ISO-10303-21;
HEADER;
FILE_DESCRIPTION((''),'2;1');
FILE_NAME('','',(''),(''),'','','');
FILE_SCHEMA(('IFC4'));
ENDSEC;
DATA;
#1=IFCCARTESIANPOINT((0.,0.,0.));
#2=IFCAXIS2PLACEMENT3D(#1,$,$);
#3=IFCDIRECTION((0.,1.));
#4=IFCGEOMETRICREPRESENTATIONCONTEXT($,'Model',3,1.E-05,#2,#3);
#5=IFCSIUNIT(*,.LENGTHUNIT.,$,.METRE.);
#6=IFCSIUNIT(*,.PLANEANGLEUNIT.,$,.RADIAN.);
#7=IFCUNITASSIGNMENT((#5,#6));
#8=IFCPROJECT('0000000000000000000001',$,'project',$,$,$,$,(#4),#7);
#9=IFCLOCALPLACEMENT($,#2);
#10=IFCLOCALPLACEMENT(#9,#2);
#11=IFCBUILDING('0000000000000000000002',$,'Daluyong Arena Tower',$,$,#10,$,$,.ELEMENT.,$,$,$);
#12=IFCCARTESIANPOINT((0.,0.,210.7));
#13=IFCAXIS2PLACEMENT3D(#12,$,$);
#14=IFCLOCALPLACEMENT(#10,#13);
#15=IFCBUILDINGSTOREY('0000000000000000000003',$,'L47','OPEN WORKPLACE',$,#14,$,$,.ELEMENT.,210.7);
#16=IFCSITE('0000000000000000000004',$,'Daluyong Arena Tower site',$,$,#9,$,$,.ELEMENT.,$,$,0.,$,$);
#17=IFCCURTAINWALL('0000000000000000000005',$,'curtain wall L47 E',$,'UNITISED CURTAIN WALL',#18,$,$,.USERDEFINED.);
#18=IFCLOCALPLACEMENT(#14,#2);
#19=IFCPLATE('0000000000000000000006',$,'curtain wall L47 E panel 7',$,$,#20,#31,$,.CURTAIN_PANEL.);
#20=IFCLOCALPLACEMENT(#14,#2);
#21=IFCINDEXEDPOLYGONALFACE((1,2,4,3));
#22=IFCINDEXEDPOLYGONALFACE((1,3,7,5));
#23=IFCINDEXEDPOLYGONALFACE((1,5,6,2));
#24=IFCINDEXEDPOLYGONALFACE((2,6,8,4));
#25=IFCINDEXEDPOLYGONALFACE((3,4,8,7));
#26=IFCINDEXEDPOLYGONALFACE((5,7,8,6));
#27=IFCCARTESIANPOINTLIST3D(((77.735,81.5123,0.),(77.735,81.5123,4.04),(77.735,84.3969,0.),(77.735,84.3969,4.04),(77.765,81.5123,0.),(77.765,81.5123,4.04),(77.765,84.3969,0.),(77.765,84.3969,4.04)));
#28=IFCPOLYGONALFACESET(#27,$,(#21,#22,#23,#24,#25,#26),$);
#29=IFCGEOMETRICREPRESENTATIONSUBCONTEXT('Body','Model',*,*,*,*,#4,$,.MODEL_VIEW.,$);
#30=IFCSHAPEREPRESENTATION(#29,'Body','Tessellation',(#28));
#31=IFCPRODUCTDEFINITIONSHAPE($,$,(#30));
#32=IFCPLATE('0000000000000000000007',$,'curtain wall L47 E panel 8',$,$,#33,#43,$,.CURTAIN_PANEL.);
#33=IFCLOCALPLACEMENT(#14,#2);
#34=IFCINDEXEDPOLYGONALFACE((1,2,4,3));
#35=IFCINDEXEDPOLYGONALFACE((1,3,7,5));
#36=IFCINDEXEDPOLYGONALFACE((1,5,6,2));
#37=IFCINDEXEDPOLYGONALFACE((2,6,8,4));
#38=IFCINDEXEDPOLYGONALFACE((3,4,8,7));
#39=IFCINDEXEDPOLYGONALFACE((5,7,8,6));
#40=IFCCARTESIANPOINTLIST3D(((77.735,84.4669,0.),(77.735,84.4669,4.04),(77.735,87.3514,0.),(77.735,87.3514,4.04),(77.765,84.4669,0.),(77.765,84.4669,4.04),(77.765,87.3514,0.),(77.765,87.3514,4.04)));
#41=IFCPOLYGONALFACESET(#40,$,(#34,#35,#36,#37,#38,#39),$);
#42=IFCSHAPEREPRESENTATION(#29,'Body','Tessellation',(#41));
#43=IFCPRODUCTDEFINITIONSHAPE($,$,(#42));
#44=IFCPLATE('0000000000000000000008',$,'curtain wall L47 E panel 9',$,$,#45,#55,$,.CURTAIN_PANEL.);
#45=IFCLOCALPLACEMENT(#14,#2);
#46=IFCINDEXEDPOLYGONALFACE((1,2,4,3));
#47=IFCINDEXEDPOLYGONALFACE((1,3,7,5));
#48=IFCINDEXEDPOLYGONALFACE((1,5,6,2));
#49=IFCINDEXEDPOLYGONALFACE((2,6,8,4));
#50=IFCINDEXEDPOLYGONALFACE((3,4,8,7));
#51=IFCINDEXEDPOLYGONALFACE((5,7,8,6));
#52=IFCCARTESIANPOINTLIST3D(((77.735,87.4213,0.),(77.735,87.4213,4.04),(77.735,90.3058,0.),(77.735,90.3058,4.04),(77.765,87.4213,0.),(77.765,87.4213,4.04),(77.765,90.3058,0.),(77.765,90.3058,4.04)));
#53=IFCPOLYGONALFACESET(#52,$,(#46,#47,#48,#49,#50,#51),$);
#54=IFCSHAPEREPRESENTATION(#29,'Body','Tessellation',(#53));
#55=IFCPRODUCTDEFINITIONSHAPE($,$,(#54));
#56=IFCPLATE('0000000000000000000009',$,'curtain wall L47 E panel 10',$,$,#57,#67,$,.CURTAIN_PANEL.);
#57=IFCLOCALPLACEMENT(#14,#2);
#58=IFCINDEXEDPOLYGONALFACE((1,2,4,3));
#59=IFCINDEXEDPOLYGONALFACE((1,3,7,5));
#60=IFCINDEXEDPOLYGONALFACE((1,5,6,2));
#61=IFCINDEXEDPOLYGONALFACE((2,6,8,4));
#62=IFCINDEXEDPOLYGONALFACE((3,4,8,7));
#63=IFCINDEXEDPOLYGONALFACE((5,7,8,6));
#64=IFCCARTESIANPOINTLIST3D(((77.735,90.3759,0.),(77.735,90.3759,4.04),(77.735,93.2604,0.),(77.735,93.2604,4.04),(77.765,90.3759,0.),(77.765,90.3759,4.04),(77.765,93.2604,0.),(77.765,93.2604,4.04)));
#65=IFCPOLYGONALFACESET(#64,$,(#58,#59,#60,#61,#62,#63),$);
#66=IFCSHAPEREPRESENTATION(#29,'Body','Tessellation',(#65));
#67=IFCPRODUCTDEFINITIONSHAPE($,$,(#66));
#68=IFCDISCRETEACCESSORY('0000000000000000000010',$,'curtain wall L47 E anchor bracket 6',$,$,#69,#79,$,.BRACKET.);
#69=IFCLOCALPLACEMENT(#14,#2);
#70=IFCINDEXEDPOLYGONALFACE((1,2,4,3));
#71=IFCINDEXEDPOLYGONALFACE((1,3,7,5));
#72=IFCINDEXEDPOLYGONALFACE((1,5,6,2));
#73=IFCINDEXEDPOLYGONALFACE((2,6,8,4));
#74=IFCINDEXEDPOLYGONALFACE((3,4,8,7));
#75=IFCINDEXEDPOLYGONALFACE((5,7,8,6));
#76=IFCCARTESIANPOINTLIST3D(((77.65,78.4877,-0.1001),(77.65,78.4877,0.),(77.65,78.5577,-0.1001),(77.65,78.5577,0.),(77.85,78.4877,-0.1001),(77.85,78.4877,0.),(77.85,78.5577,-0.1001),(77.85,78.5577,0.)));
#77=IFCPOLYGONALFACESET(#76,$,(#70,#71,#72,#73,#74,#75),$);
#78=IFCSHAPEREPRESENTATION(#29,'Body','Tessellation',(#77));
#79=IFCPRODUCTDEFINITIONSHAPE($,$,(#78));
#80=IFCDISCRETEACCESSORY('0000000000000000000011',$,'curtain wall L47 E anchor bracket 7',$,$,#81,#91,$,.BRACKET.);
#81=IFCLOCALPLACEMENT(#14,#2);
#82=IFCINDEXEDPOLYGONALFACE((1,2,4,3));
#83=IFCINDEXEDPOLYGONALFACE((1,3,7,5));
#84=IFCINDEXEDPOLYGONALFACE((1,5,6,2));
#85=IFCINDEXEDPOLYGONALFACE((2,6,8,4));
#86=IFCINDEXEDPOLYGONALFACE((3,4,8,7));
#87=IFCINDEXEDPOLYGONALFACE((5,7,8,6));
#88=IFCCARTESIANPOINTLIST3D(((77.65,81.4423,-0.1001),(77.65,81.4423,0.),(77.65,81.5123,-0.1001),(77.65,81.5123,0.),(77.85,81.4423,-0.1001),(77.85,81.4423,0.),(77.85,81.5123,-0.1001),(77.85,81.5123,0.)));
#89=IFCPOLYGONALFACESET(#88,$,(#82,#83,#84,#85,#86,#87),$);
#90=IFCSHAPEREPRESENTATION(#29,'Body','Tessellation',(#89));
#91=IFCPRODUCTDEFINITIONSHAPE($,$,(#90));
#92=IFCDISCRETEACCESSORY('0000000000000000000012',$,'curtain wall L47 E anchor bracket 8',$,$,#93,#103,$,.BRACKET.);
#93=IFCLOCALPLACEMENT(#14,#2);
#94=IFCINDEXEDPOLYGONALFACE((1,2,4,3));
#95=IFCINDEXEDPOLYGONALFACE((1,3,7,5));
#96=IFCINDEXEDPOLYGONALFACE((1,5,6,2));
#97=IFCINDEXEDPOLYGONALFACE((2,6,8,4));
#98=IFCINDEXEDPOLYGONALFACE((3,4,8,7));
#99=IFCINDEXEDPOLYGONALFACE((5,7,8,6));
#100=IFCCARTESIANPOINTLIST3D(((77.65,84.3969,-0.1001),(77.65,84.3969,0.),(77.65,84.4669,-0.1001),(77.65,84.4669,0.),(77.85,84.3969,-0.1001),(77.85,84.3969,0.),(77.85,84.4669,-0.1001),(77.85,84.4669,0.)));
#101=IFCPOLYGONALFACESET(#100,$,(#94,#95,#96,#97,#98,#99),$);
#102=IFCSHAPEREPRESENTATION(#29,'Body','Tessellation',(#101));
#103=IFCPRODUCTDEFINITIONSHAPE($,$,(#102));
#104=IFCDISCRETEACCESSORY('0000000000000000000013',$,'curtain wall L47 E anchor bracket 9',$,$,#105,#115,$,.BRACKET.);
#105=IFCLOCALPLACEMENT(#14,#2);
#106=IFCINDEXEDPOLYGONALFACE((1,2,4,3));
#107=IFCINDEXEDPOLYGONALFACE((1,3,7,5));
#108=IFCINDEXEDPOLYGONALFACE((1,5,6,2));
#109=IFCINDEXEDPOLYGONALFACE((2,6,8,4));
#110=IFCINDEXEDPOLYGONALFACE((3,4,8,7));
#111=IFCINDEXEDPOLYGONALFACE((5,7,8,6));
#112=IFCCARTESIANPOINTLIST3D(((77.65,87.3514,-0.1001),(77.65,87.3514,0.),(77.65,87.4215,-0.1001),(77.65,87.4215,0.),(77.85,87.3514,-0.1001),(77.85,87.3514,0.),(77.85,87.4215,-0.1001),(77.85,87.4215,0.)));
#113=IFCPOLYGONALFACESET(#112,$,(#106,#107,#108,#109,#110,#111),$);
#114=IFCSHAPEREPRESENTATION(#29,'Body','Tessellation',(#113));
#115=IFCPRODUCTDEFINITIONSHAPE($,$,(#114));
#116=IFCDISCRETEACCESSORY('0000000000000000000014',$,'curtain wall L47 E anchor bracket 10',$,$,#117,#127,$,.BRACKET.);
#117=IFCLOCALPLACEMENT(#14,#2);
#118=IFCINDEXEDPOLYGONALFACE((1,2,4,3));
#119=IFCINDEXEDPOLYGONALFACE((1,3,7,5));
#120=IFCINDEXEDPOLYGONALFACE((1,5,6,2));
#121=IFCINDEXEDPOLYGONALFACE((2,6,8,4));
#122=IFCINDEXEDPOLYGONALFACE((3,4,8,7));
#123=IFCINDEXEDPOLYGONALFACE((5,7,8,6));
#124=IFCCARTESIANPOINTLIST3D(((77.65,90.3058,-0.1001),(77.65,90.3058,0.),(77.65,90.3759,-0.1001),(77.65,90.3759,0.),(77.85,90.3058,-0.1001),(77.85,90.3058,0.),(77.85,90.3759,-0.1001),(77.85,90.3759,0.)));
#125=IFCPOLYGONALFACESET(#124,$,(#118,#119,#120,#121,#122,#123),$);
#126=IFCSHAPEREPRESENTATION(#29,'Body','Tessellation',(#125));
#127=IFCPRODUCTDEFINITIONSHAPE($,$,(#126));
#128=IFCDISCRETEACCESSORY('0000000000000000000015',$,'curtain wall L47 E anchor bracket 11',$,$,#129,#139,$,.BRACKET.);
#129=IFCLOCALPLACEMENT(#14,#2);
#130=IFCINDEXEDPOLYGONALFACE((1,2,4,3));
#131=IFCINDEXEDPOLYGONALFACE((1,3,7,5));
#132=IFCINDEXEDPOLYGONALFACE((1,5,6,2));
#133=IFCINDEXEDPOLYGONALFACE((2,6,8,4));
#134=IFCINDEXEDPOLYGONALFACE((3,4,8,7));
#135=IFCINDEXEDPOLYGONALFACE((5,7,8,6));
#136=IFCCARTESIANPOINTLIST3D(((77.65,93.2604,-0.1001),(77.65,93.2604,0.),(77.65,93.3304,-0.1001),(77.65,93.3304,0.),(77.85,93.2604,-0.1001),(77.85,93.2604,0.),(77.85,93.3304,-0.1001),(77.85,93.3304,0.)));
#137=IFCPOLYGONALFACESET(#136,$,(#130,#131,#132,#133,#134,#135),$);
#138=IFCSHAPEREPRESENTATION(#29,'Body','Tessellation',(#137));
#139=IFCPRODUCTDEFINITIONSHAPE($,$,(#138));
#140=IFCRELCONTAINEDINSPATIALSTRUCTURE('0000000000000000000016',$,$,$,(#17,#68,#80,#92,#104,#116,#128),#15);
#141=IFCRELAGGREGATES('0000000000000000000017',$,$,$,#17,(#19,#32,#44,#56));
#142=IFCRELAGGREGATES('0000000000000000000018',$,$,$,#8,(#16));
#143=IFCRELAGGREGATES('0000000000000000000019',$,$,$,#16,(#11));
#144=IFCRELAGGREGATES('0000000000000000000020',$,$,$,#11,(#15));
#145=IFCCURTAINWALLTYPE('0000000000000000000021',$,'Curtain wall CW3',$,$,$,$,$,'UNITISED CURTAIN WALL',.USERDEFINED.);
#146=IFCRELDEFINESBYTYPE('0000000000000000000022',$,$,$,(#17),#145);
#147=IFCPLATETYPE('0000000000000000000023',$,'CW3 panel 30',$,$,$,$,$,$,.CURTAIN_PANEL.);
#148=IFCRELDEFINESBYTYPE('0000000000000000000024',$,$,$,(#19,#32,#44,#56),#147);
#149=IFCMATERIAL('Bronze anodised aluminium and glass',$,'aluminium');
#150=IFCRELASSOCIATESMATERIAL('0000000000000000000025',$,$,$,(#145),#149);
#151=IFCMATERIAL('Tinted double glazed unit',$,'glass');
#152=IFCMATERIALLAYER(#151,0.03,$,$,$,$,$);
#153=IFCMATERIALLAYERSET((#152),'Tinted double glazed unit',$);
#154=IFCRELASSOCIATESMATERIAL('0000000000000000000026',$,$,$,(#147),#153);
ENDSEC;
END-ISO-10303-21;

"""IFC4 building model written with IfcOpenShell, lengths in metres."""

from ifc_helpers import new_model, si_unit, direction, frame, origin, origin_2d, place, context, subcontext, project, spatial, rectangle, extrude, material, layer, layer_set, type_object, element, aggregate, save


model = new_model("IFC4")

# Units and contexts
model_context = context("Model", 3, precision=1e-05, world=origin(), true_north=direction((0.0, 1.0)))
body_context = subcontext(model_context, "Body", "Model", "MODEL_VIEW")
ifc_project = project(units=[si_unit("LENGTHUNIT", "METRE"), si_unit("PLANEANGLEUNIT", "RADIAN")], contexts=[model_context])

# Site, building, storey
site_placement = place(None, origin())
site = spatial("IfcSite", under=ifc_project, at=site_placement, Name="Daluyong Arena Tower site", CompositionType="ELEMENT", RefElevation=0.0)
building_placement = place(site_placement, origin())
building = spatial("IfcBuilding", under=site, at=building_placement, Name="Daluyong Arena Tower", CompositionType="ELEMENT")
storey_placement = place(building_placement, frame((0.0, 0.0, 210.7)))
storey = spatial("IfcBuildingStorey", under=building, at=storey_placement, Name="L47", Description="OPEN WORKPLACE", CompositionType="ELEMENT", Elevation=210.7)

# Curtain wall
ifc_material_1 = material(Name="Bronze anodised aluminium and glass", Category="aluminium")
curtain_wall_type = type_object("IfcCurtainWallType", Name="Curtain wall CW3", ElementType="UNITISED CURTAIN WALL", PredefinedType="USERDEFINED", material=ifc_material_1)
curtain_wall_placement = place(storey_placement, origin())
curtain_wall = element("IfcCurtainWall", 1, at=curtain_wall_placement, inside=storey, type_object=curtain_wall_type, Name="curtain wall L47 E", ObjectType="UNITISED CURTAIN WALL", PredefinedType="USERDEFINED")

# Plates
ifc_material_2 = material(Name="Tinted double glazed unit", Category="glass")
ifc_layer = layer(ifc_material_2, 0.03)
ifc_layer_set = layer_set([ifc_layer], Name="Tinted double glazed unit")
plate_type = type_object("IfcPlateType", Name="CW3 panel 30", PredefinedType="CURTAIN_PANEL", material=ifc_layer_set)
plate_1_placement = place(storey_placement, frame((77.75, 82.9546, 0.0), z_axis=(0.0, 0.0, 1.0), x_axis=(0.0, 1.0, 0.0)))
plate_1 = element("IfcPlate", 2, at=plate_1_placement, type_object=plate_type, Name="curtain wall L47 E panel 7", PredefinedType="CURTAIN_PANEL", context=body_context, shape_type="SweptSolid", body=[
    extrude(rectangle(XDim=2.8845, YDim=0.03, at=origin_2d()), origin(), (0.0, 0.0, 1.0), 4.04),
])
plate_2_placement = place(storey_placement, frame((77.75, 85.9092, 0.0), z_axis=(0.0, 0.0, 1.0), x_axis=(0.0, 1.0, 0.0)))
plate_2 = element("IfcPlate", 3, at=plate_2_placement, type_object=plate_type, Name="curtain wall L47 E panel 8", PredefinedType="CURTAIN_PANEL", context=body_context, shape_type="SweptSolid", body=[
    extrude(rectangle(XDim=2.8845, YDim=0.03, at=origin_2d()), origin(), (0.0, 0.0, 1.0), 4.04),
])
plate_3_placement = place(storey_placement, frame((77.75, 88.8635, 0.0), z_axis=(0.0, 0.0, 1.0), x_axis=(0.0, 1.0, 0.0)))
plate_3 = element("IfcPlate", 4, at=plate_3_placement, type_object=plate_type, Name="curtain wall L47 E panel 9", PredefinedType="CURTAIN_PANEL", context=body_context, shape_type="SweptSolid", body=[
    extrude(rectangle(XDim=2.8845, YDim=0.03, at=origin_2d()), origin(), (0.0, 0.0, 1.0), 4.04),
])
plate_4_placement = place(storey_placement, frame((77.75, 91.8181, 0.0), z_axis=(0.0, 0.0, 1.0), x_axis=(0.0, 1.0, 0.0)))
plate_4 = element("IfcPlate", 5, at=plate_4_placement, type_object=plate_type, Name="curtain wall L47 E panel 10", PredefinedType="CURTAIN_PANEL", context=body_context, shape_type="SweptSolid", body=[
    extrude(rectangle(XDim=2.8845, YDim=0.03, at=origin_2d()), origin(), (0.0, 0.0, 1.0), 4.04),
])
aggregate(curtain_wall, [plate_1, plate_2, plate_3, plate_4])

# Discrete accessories
for number, where, z_axis, x_axis, name in (
    (6, (77.75, 78.5227, -0.1001), (0.0, 0.0, 1.0), (0.0, 1.0, 0.0), "curtain wall L47 E anchor bracket 6"),
    (7, (77.75, 81.4773, -0.1001), (0.0, 0.0, 1.0), (0.0, 1.0, 0.0), "curtain wall L47 E anchor bracket 7"),
    (8, (77.75, 84.4319, -0.1001), (0.0, 0.0, 1.0), (0.0, 1.0, 0.0), "curtain wall L47 E anchor bracket 8"),
    (9, (77.75, 87.3865, -0.1001), (0.0, 0.0, 1.0), (0.0, 1.0, 0.0), "curtain wall L47 E anchor bracket 9"),
    (10, (77.75, 90.3408, -0.1001), (0.0, 0.0, 1.0), (0.0, 1.0, 0.0), "curtain wall L47 E anchor bracket 10"),
    (11, (77.75, 93.2954, -0.1001), (0.0, 0.0, 1.0), (0.0, 1.0, 0.0), "curtain wall L47 E anchor bracket 11"),
):
    element("IfcDiscreteAccessory", number, at=place(storey_placement, frame(where, z_axis=z_axis, x_axis=x_axis)), inside=storey, Name=name, PredefinedType="BRACKET", context=body_context, shape_type="SweptSolid", body=[
        extrude(rectangle(XDim=0.0701, YDim=0.2, at=origin_2d()), origin(), (0.0, 0.0, 1.0), 0.1001),
    ])

save(model, "model.ifc")
